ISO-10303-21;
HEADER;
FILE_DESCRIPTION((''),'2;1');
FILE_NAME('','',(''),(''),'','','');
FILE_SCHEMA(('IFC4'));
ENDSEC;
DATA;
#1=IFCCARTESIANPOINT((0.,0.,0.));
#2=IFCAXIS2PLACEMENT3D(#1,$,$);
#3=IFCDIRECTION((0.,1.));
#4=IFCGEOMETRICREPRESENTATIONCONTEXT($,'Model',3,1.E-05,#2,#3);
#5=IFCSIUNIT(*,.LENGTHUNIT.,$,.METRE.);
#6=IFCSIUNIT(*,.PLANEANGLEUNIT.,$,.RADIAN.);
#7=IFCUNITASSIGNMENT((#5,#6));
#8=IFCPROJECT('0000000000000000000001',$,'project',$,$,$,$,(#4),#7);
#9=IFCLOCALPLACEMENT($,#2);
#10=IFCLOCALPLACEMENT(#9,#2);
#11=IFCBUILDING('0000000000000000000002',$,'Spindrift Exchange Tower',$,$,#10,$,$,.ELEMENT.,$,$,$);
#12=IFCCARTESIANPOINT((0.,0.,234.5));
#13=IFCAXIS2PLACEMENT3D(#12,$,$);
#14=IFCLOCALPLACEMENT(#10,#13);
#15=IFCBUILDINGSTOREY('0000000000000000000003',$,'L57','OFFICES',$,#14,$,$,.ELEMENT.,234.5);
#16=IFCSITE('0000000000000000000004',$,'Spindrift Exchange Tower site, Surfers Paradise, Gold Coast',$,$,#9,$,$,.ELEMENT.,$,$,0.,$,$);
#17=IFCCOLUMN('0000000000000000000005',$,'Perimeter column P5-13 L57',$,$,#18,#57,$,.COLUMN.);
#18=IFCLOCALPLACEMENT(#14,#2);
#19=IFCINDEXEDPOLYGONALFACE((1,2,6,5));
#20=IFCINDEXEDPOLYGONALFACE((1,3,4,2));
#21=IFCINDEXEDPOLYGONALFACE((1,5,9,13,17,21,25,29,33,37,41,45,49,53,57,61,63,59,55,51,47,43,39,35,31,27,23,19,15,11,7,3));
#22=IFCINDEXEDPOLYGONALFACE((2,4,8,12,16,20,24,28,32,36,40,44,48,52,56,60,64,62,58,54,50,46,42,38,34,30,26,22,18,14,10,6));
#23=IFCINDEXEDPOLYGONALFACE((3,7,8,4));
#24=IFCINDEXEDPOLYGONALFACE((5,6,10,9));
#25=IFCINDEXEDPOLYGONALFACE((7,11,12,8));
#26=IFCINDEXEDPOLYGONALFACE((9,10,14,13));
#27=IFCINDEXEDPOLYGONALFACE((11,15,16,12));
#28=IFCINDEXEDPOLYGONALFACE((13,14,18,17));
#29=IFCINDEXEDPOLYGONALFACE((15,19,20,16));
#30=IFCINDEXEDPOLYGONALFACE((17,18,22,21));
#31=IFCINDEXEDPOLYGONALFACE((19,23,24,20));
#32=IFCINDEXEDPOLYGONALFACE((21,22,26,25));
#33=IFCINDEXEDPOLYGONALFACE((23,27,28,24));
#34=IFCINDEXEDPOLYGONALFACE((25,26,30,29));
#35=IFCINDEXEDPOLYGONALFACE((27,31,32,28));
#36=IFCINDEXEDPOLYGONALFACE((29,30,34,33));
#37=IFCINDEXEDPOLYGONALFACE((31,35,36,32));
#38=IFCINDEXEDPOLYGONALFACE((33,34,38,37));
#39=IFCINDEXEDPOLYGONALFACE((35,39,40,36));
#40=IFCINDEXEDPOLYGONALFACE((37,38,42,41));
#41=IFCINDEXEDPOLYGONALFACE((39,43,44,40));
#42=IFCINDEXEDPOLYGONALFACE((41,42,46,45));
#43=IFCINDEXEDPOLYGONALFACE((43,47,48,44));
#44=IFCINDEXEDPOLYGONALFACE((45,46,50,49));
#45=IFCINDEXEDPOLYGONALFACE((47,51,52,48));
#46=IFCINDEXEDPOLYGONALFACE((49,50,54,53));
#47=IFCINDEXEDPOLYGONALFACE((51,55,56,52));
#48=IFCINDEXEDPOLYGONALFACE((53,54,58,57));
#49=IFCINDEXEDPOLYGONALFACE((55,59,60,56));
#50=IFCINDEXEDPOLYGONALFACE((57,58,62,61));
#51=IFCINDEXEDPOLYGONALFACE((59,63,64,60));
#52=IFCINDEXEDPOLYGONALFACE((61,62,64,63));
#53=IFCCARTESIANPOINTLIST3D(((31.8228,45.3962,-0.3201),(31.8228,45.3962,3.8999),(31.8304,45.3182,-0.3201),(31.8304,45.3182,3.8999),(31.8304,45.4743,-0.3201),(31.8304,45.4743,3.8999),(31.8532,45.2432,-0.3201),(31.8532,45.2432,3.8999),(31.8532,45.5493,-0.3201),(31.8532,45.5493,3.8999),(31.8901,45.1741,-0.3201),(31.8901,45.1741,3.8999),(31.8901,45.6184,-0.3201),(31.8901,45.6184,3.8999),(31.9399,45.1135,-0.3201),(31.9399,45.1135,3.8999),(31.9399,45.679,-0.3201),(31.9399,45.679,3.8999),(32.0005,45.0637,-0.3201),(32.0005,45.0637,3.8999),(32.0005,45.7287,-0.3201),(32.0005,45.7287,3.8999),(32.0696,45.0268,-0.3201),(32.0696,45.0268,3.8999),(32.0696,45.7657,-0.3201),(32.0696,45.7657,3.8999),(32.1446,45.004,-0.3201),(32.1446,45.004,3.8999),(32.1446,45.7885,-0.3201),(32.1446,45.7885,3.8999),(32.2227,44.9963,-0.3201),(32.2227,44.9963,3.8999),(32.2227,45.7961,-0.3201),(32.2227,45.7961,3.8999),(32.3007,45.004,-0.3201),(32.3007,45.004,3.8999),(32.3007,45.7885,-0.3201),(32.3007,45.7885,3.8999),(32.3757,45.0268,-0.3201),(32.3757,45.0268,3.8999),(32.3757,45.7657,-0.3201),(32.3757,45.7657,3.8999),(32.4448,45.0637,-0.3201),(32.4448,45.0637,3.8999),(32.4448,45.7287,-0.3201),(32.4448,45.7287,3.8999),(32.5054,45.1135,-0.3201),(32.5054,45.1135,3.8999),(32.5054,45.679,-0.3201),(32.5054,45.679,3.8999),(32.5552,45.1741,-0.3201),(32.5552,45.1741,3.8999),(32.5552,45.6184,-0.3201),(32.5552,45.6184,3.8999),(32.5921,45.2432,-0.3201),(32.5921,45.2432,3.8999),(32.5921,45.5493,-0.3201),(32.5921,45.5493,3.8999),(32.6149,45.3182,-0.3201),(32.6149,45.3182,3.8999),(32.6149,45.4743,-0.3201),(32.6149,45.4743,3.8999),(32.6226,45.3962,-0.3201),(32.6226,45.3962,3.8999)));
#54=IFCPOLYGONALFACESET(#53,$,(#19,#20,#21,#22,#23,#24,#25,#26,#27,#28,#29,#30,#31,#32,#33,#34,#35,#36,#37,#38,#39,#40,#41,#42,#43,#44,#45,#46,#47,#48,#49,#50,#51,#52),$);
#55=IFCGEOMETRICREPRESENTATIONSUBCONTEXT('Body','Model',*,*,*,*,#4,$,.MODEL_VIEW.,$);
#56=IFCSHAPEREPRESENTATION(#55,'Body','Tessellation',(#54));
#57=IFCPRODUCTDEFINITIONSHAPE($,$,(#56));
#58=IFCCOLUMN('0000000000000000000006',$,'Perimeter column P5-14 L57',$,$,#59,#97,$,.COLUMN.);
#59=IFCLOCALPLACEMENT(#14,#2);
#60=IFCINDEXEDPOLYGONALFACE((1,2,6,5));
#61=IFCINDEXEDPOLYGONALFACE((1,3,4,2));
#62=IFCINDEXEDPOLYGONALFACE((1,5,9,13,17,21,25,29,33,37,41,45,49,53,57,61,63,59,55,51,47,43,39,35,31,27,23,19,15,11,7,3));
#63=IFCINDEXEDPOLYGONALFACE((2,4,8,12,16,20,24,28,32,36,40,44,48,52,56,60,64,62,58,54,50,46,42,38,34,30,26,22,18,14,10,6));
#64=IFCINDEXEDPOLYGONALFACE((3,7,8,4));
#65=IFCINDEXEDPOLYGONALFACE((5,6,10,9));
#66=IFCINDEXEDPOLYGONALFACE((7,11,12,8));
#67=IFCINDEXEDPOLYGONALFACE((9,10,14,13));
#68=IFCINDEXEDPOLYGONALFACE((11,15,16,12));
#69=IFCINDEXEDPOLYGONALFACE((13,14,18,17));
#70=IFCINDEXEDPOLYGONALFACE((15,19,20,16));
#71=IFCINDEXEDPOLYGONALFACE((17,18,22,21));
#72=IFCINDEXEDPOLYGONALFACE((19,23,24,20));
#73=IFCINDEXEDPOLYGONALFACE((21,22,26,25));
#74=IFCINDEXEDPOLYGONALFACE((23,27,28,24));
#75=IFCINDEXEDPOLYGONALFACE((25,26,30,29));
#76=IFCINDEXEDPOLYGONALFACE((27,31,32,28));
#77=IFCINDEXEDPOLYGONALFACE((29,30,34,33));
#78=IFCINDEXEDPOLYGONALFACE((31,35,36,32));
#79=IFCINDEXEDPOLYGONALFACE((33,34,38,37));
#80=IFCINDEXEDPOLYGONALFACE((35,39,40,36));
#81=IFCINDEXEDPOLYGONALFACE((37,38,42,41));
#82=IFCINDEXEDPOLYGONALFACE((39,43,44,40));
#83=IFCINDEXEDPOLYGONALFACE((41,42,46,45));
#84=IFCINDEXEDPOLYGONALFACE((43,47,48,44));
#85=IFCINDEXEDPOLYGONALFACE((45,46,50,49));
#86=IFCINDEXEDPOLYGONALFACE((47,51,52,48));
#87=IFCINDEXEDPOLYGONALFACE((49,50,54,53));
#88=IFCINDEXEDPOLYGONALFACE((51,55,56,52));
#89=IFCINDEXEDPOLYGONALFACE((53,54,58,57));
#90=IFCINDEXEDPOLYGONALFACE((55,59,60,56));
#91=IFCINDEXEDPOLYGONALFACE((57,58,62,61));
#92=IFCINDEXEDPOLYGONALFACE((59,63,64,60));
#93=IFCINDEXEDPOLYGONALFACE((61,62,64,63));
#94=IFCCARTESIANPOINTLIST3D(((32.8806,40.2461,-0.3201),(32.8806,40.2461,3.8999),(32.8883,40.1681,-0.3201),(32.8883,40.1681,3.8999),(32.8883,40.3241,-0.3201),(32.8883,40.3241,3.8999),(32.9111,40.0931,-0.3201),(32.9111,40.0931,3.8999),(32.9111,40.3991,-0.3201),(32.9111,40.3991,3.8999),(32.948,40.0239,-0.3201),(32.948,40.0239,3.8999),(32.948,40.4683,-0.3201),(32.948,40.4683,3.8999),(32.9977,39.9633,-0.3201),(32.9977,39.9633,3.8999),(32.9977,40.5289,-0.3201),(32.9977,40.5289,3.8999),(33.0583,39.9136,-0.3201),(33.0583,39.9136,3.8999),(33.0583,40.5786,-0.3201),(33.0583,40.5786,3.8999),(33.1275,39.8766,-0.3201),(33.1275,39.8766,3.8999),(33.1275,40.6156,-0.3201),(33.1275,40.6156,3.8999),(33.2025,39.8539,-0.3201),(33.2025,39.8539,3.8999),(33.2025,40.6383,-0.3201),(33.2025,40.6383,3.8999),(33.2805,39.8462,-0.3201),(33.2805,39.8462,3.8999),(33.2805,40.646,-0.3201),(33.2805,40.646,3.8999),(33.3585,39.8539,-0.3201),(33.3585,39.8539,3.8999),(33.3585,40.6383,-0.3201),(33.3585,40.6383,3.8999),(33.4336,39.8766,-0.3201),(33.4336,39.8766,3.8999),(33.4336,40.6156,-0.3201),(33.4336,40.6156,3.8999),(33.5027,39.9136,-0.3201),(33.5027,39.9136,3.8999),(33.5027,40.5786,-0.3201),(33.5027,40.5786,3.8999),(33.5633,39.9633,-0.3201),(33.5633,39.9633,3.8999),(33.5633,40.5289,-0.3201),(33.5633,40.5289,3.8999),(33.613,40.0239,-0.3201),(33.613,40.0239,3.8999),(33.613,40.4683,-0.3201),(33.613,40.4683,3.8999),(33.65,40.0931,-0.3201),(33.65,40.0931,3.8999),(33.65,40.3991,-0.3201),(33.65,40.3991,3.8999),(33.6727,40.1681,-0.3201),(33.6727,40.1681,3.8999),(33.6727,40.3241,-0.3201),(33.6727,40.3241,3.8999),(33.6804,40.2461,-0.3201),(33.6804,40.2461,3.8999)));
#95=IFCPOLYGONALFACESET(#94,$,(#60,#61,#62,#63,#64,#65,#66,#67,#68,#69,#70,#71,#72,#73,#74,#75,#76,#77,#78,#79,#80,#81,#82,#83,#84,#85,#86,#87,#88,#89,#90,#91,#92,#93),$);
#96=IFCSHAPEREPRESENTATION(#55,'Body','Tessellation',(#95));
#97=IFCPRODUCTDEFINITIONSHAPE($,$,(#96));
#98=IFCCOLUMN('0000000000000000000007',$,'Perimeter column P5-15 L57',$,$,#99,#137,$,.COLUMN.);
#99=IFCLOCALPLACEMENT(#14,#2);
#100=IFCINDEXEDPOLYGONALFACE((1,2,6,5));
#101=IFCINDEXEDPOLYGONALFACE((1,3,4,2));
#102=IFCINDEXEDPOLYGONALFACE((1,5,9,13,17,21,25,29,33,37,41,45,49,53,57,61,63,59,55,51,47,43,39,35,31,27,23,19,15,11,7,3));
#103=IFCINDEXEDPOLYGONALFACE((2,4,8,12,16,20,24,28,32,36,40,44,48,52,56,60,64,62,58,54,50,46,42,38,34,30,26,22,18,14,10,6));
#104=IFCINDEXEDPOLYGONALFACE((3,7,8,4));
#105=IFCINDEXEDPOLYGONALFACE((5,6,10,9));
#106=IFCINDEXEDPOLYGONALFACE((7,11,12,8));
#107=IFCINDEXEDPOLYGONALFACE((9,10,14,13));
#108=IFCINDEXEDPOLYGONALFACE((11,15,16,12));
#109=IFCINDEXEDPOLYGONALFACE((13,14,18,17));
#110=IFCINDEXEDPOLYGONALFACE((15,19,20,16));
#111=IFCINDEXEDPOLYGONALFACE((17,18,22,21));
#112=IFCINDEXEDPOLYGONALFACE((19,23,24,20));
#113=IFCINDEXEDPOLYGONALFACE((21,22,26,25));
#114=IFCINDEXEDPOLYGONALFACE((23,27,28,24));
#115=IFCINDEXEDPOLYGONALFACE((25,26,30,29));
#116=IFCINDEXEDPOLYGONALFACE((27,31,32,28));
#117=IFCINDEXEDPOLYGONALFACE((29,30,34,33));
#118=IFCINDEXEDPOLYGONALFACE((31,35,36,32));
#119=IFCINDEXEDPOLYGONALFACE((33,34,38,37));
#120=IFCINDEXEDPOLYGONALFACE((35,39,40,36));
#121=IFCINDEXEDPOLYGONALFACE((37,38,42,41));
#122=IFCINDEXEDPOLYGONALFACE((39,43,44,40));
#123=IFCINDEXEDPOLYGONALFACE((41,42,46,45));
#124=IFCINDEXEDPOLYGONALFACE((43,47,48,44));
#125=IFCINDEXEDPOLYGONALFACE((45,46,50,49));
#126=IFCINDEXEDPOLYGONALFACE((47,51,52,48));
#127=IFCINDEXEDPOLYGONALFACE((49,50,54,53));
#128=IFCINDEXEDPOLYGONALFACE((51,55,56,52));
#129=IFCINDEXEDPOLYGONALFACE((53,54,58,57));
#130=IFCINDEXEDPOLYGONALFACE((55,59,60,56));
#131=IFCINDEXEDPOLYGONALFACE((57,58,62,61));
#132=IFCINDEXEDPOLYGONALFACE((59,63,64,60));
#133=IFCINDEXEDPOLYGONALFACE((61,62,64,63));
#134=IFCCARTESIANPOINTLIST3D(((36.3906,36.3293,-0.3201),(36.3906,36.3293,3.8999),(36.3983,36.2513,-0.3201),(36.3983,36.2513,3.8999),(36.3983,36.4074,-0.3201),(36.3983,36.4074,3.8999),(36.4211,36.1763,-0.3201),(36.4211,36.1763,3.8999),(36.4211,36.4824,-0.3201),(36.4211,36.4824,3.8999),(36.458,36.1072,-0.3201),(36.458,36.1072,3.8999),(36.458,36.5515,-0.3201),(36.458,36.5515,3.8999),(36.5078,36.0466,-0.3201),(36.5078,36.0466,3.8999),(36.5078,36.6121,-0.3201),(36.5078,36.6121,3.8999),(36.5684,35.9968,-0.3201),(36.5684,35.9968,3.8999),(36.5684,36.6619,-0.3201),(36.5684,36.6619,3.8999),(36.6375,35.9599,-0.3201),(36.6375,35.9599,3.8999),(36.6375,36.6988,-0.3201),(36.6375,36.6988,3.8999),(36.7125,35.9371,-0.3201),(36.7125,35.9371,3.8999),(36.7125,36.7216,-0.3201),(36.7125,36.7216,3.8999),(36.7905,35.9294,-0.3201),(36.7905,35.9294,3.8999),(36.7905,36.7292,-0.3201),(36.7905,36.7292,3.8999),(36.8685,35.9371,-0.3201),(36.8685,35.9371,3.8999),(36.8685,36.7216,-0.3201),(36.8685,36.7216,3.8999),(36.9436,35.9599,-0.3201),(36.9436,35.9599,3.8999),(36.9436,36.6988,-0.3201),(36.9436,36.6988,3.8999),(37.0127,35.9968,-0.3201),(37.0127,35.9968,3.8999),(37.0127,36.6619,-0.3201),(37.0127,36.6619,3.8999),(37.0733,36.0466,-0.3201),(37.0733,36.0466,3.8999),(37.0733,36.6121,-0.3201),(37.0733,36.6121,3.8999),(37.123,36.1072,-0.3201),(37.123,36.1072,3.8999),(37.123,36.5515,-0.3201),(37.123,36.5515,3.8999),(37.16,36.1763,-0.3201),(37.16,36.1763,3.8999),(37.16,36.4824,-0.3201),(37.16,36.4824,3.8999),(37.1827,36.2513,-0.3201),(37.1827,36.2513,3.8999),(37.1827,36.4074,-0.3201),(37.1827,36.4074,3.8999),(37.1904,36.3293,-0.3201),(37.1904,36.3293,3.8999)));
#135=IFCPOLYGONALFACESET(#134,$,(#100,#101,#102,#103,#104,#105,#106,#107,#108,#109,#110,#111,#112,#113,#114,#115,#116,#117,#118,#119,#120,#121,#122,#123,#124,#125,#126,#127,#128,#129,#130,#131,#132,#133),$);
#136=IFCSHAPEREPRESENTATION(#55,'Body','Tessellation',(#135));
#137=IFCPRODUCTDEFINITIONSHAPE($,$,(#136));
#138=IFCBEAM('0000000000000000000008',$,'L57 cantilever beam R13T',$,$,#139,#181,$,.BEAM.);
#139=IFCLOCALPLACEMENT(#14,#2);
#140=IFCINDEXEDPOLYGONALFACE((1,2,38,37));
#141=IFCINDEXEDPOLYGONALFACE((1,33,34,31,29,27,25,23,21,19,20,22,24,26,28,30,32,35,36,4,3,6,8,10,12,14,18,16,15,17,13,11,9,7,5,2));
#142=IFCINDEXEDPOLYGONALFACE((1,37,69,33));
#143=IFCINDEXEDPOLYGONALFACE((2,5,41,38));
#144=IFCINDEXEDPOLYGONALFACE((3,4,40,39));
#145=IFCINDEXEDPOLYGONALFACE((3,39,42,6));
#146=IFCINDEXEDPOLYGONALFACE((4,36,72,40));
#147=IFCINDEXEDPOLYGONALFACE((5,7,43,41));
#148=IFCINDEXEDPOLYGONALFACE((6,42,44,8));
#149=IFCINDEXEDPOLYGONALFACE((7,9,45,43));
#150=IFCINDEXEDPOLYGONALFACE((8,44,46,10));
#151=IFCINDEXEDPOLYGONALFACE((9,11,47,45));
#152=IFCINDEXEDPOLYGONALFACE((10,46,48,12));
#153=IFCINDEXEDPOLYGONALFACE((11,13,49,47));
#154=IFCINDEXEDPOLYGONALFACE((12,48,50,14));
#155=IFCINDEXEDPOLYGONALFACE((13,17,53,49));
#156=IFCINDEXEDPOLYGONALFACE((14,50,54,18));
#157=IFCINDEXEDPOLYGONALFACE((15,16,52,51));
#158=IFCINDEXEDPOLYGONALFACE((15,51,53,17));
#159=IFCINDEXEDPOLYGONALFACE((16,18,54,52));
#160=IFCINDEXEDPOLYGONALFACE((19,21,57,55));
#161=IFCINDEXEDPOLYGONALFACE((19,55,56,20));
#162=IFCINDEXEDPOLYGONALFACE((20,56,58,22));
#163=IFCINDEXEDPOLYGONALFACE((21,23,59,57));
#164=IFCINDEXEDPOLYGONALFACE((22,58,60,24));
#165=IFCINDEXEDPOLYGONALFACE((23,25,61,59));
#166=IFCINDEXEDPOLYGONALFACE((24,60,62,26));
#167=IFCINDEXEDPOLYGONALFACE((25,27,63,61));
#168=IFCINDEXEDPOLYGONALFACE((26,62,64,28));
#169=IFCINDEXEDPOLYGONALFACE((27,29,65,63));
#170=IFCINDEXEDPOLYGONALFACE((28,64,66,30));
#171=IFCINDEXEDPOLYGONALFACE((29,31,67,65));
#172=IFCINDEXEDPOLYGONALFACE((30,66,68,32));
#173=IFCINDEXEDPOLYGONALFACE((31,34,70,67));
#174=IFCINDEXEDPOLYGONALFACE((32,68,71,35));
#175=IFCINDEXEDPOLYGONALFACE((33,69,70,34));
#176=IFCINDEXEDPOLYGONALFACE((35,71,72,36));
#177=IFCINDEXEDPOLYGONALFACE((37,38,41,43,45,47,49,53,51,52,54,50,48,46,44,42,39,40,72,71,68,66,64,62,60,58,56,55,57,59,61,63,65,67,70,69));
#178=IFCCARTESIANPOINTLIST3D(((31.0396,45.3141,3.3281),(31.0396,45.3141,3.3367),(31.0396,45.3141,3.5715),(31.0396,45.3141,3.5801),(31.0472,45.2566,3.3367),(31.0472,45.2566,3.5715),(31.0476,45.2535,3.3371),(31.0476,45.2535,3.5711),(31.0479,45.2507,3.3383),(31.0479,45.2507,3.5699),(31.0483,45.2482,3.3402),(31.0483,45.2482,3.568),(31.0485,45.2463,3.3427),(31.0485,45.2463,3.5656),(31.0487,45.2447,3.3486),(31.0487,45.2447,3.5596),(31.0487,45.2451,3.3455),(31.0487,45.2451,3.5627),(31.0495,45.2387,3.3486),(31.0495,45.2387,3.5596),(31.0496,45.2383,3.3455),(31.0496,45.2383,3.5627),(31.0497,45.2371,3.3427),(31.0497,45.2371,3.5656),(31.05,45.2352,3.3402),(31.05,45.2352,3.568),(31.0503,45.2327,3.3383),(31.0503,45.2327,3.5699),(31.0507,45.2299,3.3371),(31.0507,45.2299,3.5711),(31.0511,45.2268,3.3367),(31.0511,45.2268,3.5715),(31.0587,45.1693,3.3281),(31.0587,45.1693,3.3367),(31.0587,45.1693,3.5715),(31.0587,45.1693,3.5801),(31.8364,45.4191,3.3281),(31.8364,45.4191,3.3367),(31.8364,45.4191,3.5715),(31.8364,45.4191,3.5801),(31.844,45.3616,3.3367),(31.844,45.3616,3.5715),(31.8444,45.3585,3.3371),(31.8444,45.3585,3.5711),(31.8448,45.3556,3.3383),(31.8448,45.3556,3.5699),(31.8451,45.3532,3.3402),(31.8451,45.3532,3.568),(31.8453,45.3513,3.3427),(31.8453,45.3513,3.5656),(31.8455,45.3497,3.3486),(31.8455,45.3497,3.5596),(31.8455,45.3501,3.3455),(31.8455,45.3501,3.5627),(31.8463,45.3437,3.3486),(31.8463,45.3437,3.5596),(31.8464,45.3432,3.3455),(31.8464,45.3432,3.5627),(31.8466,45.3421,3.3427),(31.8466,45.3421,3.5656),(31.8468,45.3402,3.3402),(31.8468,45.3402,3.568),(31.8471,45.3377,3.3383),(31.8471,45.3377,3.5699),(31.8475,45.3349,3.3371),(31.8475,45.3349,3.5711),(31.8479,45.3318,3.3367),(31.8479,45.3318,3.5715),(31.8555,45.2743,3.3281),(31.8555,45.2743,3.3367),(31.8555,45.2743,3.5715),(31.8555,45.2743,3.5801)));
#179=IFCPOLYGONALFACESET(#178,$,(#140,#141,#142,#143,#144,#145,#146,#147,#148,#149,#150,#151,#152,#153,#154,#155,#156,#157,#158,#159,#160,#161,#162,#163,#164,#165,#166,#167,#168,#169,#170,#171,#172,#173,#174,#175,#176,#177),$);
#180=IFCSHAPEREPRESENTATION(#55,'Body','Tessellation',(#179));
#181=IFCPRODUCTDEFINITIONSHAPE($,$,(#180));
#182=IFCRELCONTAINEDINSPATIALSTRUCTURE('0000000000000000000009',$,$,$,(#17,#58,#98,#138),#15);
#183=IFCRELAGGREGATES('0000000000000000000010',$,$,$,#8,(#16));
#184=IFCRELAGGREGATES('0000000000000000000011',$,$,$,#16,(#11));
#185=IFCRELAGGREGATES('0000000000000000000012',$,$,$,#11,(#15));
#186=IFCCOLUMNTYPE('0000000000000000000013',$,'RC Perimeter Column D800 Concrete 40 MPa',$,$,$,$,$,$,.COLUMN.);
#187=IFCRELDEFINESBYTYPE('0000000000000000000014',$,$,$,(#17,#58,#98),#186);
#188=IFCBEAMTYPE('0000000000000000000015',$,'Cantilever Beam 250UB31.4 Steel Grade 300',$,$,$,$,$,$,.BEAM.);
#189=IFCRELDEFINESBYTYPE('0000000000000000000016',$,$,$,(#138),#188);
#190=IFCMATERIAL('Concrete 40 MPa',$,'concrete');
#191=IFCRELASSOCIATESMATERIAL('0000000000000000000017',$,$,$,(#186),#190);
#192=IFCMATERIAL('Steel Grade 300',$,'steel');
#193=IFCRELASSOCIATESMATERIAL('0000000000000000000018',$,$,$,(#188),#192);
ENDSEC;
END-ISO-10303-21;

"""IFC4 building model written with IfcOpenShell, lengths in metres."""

from ifc_helpers import new_model, si_unit, direction, frame, origin, origin_2d, place, context, subcontext, project, spatial, circle, i_section, extrude, source, transform, mapped, material, material_profile, profile_set, type_object, element, save


model = new_model("IFC4")

# Units and contexts
model_context = context("Model", 3, precision=1e-05, world=origin(), true_north=direction((0.0, 1.0)))
body_context = subcontext(model_context, "Body", "Model", "MODEL_VIEW")
ifc_project = project(units=[si_unit("LENGTHUNIT", "METRE"), si_unit("PLANEANGLEUNIT", "RADIAN")], contexts=[model_context])

# Site, building, storey
site_placement = place(None, origin())
site = spatial("IfcSite", under=ifc_project, at=site_placement, Name="Spindrift Exchange Tower site, Surfers Paradise, Gold Coast", CompositionType="ELEMENT", RefElevation=0.0)
building_placement = place(site_placement, origin())
building = spatial("IfcBuilding", under=site, at=building_placement, Name="Spindrift Exchange Tower", CompositionType="ELEMENT")
storey_placement = place(building_placement, frame((0.0, 0.0, 234.5)))
storey = spatial("IfcBuildingStorey", under=building, at=storey_placement, Name="L57", Description="OFFICES", CompositionType="ELEMENT", Elevation=234.5)

# Columns
ifc_material_1 = material(Name="Concrete 40 MPa", Category="concrete")
ifc_material_profile_1 = material_profile(ifc_material_1, circle(Radius=0.3999, at=origin_2d()), Name="RC D800")
ifc_profile_set_1 = profile_set([ifc_material_profile_1], Name="Concrete 40 MPa")
column_type = type_object("IfcColumnType", Name="RC Perimeter Column D800 Concrete 40 MPa", PredefinedType="COLUMN", material=ifc_profile_set_1)
shared_shape_1 = source(origin(), body_context, "Body", "SweptSolid", [
    extrude(circle(Radius=0.3999, at=origin_2d()), origin(), (0.0, 0.0, 1.0), 4.22),
])
for number, where, z_axis, x_axis, name in (
    (1, (32.2227, 45.3962, -0.3201), (0.0, 0.0, 1.0), (1.0, 0.0, 0.0), "Perimeter column P5-13 L57"),
    (2, (33.2805, 40.2461, -0.3201), (0.0, 0.0, 1.0), (1.0, 0.0, 0.0), "Perimeter column P5-14 L57"),
    (3, (36.7905, 36.3293, -0.3201), (0.0, 0.0, 1.0), (1.0, 0.0, 0.0), "Perimeter column P5-15 L57"),
):
    element("IfcColumn", number, at=place(storey_placement, frame(where, z_axis=z_axis, x_axis=x_axis)), inside=storey, type_object=column_type, Name=name, PredefinedType="COLUMN", context=body_context, shape_type="MappedRepresentation", body=[
        mapped(shared_shape_1, transform((0.0, 0.0, 0.0), scale=1.0)),
    ])

# Beam
ifc_material_2 = material(Name="Steel Grade 300", Category="steel")
ifc_material_profile_2 = material_profile(ifc_material_2, i_section(OverallWidth=0.146, OverallDepth=0.252, WebThickness=0.0061, FlangeThickness=0.0085, FilletRadius=0.012, at=origin_2d()), Name="250UB31.4")
ifc_profile_set_2 = profile_set([ifc_material_profile_2], Name="Steel Grade 300")
beam_type_1 = type_object("IfcBeamType", Name="Cantilever Beam 250UB31.4 Steel Grade 300", PredefinedType="BEAM", material=ifc_profile_set_2)
shared_shape_2 = source(origin(), body_context, "Body", "SweptSolid", [
    extrude(i_section(OverallWidth=0.146, OverallDepth=0.252, WebThickness=0.0061, FlangeThickness=0.0085, FilletRadius=0.012, at=origin_2d()), origin(), (0.0, 0.0, 1.0), 0.8037),
])
beam_1_placement = place(storey_placement, frame((31.8459, 45.3467, 3.4541), z_axis=(-0.991434, -0.130612, 0.0), x_axis=(0.130612, -0.991434, 0.0)))
element("IfcBeam", 4, at=beam_1_placement, inside=storey, type_object=beam_type_1, Name="L57 cantilever beam R13T", PredefinedType="BEAM", context=body_context, shape_type="MappedRepresentation", body=[
    mapped(shared_shape_2, transform((0.0, 0.0, 0.0), scale=1.0)),
])

save(model, "model.ifc")
